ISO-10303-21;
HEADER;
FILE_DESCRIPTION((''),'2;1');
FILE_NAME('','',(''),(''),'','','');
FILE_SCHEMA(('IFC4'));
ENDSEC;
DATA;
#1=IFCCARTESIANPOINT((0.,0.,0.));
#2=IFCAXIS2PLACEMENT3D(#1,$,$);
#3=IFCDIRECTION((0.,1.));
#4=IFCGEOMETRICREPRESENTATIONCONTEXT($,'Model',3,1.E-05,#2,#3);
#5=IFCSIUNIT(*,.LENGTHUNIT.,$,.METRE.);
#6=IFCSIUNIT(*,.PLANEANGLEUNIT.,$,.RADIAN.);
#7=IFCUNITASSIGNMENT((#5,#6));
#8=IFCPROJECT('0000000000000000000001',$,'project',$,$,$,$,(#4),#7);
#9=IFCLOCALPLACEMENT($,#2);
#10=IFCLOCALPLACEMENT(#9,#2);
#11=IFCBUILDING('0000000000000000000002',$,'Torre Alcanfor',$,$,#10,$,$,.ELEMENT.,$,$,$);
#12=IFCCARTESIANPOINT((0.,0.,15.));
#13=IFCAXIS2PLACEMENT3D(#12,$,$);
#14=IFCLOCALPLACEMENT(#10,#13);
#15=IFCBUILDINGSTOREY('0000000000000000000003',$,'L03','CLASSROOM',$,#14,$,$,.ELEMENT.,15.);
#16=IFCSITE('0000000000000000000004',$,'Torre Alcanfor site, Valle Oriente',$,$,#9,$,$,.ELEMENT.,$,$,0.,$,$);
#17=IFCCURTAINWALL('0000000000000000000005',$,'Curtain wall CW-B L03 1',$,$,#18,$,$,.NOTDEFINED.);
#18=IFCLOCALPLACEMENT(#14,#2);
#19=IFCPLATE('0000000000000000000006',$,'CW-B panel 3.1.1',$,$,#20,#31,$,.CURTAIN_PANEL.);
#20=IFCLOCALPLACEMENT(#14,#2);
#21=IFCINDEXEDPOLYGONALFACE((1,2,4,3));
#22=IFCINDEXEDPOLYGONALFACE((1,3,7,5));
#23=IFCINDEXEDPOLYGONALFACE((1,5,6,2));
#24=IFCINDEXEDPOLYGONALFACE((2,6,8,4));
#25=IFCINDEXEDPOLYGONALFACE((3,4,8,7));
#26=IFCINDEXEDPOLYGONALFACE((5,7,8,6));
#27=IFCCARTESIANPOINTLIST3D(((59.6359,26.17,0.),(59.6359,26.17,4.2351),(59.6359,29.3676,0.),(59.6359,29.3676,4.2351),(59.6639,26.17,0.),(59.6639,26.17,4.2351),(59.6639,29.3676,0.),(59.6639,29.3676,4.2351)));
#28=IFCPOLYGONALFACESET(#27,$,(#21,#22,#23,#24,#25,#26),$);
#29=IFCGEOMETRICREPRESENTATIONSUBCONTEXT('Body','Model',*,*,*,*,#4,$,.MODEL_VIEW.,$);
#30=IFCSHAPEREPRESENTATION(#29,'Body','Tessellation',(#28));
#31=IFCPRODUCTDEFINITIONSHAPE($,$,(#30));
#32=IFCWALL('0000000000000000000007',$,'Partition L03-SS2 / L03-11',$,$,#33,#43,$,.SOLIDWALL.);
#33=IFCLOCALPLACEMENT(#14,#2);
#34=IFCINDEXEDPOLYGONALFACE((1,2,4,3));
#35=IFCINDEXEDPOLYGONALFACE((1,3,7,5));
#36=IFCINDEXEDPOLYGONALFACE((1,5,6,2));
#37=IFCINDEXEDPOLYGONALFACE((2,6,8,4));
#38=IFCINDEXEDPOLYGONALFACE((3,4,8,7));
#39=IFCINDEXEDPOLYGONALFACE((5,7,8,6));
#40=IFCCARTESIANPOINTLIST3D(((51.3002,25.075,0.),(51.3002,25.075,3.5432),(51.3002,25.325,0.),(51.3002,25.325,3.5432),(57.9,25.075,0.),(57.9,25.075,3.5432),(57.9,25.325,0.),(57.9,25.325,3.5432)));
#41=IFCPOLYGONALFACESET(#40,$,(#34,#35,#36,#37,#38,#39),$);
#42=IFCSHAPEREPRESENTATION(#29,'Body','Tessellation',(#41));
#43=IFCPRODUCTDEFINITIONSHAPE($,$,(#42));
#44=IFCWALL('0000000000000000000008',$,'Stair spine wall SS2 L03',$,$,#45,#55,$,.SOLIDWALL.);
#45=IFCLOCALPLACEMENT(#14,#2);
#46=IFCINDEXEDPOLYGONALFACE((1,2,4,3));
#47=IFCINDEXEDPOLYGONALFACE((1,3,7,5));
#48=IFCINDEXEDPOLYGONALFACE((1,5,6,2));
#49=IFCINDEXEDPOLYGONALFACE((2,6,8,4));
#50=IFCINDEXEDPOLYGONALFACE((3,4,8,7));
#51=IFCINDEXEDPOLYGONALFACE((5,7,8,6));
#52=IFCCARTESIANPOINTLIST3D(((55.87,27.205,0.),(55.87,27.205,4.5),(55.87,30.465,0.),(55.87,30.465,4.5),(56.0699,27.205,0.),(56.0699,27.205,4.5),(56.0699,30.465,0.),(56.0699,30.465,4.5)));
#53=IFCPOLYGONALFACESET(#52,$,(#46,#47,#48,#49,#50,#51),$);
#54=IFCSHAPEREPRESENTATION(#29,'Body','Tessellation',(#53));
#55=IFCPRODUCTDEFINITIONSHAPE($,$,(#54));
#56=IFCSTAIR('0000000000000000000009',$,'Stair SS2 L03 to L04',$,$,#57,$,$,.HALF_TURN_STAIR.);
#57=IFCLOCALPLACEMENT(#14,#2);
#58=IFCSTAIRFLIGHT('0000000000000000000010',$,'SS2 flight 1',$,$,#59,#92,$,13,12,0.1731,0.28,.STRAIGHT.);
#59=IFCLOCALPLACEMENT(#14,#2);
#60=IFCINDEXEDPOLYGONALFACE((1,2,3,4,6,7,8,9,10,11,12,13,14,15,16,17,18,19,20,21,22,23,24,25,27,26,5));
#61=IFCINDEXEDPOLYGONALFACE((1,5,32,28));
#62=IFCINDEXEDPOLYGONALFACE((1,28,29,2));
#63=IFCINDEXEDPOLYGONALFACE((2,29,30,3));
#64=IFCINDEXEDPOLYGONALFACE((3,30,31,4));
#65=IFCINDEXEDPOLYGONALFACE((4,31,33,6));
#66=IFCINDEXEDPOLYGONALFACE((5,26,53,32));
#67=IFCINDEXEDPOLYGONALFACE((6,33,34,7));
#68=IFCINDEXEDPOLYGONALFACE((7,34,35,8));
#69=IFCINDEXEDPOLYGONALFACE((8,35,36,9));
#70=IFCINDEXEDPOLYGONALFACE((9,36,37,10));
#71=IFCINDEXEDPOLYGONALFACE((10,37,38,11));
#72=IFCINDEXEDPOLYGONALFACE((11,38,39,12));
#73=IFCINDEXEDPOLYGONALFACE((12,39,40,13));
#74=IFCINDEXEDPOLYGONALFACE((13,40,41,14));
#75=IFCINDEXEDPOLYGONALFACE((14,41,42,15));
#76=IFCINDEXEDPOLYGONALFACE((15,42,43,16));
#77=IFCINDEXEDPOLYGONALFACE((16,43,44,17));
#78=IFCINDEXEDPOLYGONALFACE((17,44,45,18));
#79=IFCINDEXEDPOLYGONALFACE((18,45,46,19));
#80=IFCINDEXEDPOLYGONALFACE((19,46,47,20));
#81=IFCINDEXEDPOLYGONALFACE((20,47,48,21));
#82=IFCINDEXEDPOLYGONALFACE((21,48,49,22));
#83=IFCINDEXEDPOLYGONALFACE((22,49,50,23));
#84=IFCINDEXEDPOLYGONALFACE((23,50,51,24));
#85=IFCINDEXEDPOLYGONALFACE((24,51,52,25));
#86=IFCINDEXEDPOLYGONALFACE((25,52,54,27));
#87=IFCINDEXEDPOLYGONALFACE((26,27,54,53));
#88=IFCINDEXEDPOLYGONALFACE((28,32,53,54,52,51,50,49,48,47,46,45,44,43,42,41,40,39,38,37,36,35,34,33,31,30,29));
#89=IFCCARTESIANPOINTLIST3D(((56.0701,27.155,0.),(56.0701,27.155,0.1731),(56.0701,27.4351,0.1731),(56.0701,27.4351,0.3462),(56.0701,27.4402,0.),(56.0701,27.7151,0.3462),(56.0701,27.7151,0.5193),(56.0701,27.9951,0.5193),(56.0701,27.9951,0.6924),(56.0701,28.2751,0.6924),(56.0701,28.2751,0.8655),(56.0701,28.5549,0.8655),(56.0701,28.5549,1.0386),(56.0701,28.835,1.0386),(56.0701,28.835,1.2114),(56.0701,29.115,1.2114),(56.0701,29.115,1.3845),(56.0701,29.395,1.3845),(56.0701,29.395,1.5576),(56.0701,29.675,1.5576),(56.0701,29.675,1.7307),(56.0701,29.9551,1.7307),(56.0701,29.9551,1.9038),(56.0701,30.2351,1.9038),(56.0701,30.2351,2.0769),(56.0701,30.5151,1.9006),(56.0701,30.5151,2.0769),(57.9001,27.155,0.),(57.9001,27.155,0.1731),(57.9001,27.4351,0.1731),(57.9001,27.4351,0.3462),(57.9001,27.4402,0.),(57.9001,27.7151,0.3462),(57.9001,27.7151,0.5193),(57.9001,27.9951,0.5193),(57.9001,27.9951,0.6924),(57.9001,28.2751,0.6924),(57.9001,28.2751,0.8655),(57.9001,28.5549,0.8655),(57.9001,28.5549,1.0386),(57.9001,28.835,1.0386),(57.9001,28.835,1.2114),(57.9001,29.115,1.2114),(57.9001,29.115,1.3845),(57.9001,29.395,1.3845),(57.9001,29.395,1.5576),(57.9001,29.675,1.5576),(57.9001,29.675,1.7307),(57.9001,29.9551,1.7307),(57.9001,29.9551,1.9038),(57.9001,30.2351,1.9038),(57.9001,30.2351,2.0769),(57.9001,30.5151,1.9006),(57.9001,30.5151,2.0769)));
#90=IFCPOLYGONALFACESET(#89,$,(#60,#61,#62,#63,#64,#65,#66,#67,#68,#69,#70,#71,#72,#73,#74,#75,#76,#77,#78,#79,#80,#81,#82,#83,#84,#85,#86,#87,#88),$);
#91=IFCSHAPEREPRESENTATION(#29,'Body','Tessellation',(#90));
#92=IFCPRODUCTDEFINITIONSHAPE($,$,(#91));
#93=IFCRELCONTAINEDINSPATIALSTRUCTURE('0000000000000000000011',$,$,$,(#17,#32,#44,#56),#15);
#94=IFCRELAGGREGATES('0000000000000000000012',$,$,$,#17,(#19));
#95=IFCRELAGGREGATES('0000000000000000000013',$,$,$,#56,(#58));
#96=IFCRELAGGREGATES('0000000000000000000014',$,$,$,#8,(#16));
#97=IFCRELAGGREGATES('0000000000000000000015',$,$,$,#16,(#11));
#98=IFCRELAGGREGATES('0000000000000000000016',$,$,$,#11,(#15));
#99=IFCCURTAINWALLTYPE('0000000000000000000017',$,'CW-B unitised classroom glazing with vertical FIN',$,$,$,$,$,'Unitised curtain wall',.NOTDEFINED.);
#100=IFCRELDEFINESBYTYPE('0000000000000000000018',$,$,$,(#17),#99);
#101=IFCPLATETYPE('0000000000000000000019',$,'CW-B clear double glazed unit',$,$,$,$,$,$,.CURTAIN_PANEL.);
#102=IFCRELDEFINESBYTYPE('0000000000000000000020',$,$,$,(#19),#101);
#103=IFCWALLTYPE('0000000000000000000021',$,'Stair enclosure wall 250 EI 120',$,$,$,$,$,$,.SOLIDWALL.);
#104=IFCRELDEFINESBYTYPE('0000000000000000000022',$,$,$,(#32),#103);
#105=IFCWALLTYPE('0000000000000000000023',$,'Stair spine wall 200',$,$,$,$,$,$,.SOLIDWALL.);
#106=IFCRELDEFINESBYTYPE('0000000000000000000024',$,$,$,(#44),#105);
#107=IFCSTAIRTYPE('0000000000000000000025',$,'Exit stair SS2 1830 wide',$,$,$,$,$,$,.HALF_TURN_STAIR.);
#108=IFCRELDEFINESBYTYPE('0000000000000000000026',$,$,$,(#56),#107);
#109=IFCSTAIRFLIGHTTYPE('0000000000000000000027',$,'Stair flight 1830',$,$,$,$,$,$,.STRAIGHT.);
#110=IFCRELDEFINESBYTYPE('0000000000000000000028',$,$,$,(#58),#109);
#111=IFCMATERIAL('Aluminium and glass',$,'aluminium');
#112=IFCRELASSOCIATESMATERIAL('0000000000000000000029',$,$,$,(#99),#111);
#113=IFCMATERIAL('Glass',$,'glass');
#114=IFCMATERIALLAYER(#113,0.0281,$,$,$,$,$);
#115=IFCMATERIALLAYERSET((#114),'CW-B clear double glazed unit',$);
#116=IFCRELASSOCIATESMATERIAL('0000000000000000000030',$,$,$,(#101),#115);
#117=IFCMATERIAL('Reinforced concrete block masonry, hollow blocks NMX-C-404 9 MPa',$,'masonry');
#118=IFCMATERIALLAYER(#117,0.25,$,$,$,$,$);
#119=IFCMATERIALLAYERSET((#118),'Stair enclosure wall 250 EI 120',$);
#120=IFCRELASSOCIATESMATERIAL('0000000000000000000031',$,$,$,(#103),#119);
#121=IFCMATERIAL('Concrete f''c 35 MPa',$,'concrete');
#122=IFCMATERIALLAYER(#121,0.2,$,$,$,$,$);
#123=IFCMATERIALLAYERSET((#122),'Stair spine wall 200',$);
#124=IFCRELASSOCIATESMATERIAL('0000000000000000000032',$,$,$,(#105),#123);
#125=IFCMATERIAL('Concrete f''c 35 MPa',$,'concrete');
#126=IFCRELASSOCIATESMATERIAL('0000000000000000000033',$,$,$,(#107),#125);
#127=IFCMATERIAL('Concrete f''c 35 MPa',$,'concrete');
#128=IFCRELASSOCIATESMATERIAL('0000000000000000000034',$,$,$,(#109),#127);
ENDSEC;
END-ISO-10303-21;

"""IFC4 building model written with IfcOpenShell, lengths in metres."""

from ifc_helpers import new_model, si_unit, direction, frame, frame_2d, origin, origin_2d, place, context, subcontext, project, spatial, polyline, rectangle, outline, extrude, material, layer, layer_set, type_object, element, aggregate, save


model = new_model("IFC4")

# Units and contexts
model_context = context("Model", 3, precision=1e-05, world=origin(), true_north=direction((0.0, 1.0)))
body_context = subcontext(model_context, "Body", "Model", "MODEL_VIEW")
ifc_project = project(units=[si_unit("LENGTHUNIT", "METRE"), si_unit("PLANEANGLEUNIT", "RADIAN")], contexts=[model_context])

# Site, building, storey
site_placement = place(None, origin())
site = spatial("IfcSite", under=ifc_project, at=site_placement, Name="Torre Alcanfor site, Valle Oriente", CompositionType="ELEMENT", RefElevation=0.0)
building_placement = place(site_placement, origin())
building = spatial("IfcBuilding", under=site, at=building_placement, Name="Torre Alcanfor", CompositionType="ELEMENT")
storey_placement = place(building_placement, frame((0.0, 0.0, 15.0)))
storey = spatial("IfcBuildingStorey", under=building, at=storey_placement, Name="L03", Description="CLASSROOM", CompositionType="ELEMENT", Elevation=15.0)

# Curtain wall
ifc_material_1 = material(Name="Aluminium and glass", Category="aluminium")
curtain_wall_type = type_object("IfcCurtainWallType", Name="CW-B unitised classroom glazing with vertical FIN", ElementType="Unitised curtain wall", PredefinedType="NOTDEFINED", material=ifc_material_1)
curtain_wall_placement = place(storey_placement, origin())
curtain_wall = element("IfcCurtainWall", 1, at=curtain_wall_placement, inside=storey, type_object=curtain_wall_type, Name="Curtain wall CW-B L03 1", PredefinedType="NOTDEFINED")

# Plate
ifc_material_2 = material(Name="Glass", Category="glass")
ifc_layer_1 = layer(ifc_material_2, 0.0281)
ifc_layer_set_1 = layer_set([ifc_layer_1], Name="CW-B clear double glazed unit")
plate_type = type_object("IfcPlateType", Name="CW-B clear double glazed unit", PredefinedType="CURTAIN_PANEL", material=ifc_layer_set_1)
plate_1_placement = place(storey_placement, frame((59.6499, 27.7688, 0.0), z_axis=(0.0, 0.0, 1.0), x_axis=(0.0, 1.0, 0.0)))
plate_1 = element("IfcPlate", 2, at=plate_1_placement, type_object=plate_type, Name="CW-B panel 3.1.1", PredefinedType="CURTAIN_PANEL", context=body_context, shape_type="SweptSolid", body=[
    extrude(rectangle(XDim=3.1975, YDim=0.0281, at=origin_2d()), origin(), (0.0, 0.0, 1.0), 4.2351),
])
aggregate(curtain_wall, [plate_1])

# Wall
ifc_material_3 = material(Name="Reinforced concrete block masonry, hollow blocks NMX-C-404 9 MPa", Category="masonry")
ifc_layer_2 = layer(ifc_material_3, 0.25)
ifc_layer_set_2 = layer_set([ifc_layer_2], Name="Stair enclosure wall 250 EI 120")
wall_type_1 = type_object("IfcWallType", Name="Stair enclosure wall 250 EI 120", PredefinedType="SOLIDWALL", material=ifc_layer_set_2)
wall_1_placement = place(storey_placement, frame((57.8999, 25.2, 0.0), z_axis=(0.0, 0.0, 1.0), x_axis=(-1.0, 0.0, 0.0)))
element("IfcWall", 3, at=wall_1_placement, inside=storey, type_object=wall_type_1, Name="Partition L03-SS2 / L03-11", PredefinedType="SOLIDWALL", context=body_context, shape_type="SweptSolid", body=[
    extrude(rectangle(XDim=6.5999, YDim=0.25, at=frame_2d((3.2998, 0.0))), origin(), (0.0, 0.0, 1.0), 3.5432),
])

# Wall
ifc_material_4 = material(Name="Concrete f'c 35 MPa", Category="concrete")
ifc_layer_3 = layer(ifc_material_4, 0.2)
ifc_layer_set_3 = layer_set([ifc_layer_3], Name="Stair spine wall 200")
wall_type_2 = type_object("IfcWallType", Name="Stair spine wall 200", PredefinedType="SOLIDWALL", material=ifc_layer_set_3)
wall_2_placement = place(storey_placement, frame((55.97, 27.2051, 0.0), z_axis=(0.0, 0.0, 1.0), x_axis=(0.0, 1.0, 0.0)))
element("IfcWall", 4, at=wall_2_placement, inside=storey, type_object=wall_type_2, Name="Stair spine wall SS2 L03", PredefinedType="SOLIDWALL", context=body_context, shape_type="SweptSolid", body=[
    extrude(rectangle(XDim=3.26, YDim=0.2, at=frame_2d((1.6299, 0.0))), origin(), (0.0, 0.0, 1.0), 4.5),
])

# Stair, stair flight
ifc_material_5 = material(Name="Concrete f'c 35 MPa", Category="concrete")
stair_type = type_object("IfcStairType", Name="Exit stair SS2 1830 wide", PredefinedType="HALF_TURN_STAIR", material=ifc_material_5)
stair_placement = place(storey_placement, origin())
stair = element("IfcStair", 5, at=stair_placement, inside=storey, type_object=stair_type, Name="Stair SS2 L03 to L04", PredefinedType="HALF_TURN_STAIR")
ifc_material_6 = material(Name="Concrete f'c 35 MPa", Category="concrete")
stair_flight_type = type_object("IfcStairFlightType", Name="Stair flight 1830", PredefinedType="STRAIGHT", material=ifc_material_6)
stair_flight_placement = place(storey_placement, frame((56.9851, 27.155, 0.0), z_axis=(0.0, 0.0, 1.0), x_axis=(0.0, 1.0, 0.0)))
stair_flight = element("IfcStairFlight", 6, at=stair_flight_placement, type_object=stair_flight_type, Name="SS2 flight 1", NumberOfRisers=13, NumberOfTreads=12, PredefinedType="STRAIGHT", RiserHeight=0.1731, TreadLength=0.28, context=body_context, shape_type="SweptSolid", body=[
    extrude(outline(polyline([(0.0, 0.0), (0.0, 0.1731), (0.28, 0.1731), (0.28, 0.3462), (0.5601, 0.3462), (0.5601, 0.5193), (0.8401, 0.5193), (0.8401, 0.6924), (1.1201, 0.6924), (1.1201, 0.8655), (1.3999, 0.8655), (1.3999, 1.0386), (1.6799, 1.0386), (1.6799, 1.2114), (1.96, 1.2114), (1.96, 1.3845), (2.24, 1.3845), (2.24, 1.5576), (2.52, 1.5576), (2.52, 1.7307), (2.8, 1.7307), (2.8, 1.9038), (3.0801, 1.9038), (3.0801, 2.0769), (3.3601, 2.0769), (3.3601, 2.25), (3.3601, 1.9006), (0.2852, 0.0), (0.0, 0.0)])), frame((0.0, 0.915, 0.0), z_axis=(0.0, -1.0, 0.0), x_axis=(1.0, 0.0, 0.0)), (0.0, 0.0, 1.0), 1.8301),
])
aggregate(stair, [stair_flight])

save(model, "model.ifc")
